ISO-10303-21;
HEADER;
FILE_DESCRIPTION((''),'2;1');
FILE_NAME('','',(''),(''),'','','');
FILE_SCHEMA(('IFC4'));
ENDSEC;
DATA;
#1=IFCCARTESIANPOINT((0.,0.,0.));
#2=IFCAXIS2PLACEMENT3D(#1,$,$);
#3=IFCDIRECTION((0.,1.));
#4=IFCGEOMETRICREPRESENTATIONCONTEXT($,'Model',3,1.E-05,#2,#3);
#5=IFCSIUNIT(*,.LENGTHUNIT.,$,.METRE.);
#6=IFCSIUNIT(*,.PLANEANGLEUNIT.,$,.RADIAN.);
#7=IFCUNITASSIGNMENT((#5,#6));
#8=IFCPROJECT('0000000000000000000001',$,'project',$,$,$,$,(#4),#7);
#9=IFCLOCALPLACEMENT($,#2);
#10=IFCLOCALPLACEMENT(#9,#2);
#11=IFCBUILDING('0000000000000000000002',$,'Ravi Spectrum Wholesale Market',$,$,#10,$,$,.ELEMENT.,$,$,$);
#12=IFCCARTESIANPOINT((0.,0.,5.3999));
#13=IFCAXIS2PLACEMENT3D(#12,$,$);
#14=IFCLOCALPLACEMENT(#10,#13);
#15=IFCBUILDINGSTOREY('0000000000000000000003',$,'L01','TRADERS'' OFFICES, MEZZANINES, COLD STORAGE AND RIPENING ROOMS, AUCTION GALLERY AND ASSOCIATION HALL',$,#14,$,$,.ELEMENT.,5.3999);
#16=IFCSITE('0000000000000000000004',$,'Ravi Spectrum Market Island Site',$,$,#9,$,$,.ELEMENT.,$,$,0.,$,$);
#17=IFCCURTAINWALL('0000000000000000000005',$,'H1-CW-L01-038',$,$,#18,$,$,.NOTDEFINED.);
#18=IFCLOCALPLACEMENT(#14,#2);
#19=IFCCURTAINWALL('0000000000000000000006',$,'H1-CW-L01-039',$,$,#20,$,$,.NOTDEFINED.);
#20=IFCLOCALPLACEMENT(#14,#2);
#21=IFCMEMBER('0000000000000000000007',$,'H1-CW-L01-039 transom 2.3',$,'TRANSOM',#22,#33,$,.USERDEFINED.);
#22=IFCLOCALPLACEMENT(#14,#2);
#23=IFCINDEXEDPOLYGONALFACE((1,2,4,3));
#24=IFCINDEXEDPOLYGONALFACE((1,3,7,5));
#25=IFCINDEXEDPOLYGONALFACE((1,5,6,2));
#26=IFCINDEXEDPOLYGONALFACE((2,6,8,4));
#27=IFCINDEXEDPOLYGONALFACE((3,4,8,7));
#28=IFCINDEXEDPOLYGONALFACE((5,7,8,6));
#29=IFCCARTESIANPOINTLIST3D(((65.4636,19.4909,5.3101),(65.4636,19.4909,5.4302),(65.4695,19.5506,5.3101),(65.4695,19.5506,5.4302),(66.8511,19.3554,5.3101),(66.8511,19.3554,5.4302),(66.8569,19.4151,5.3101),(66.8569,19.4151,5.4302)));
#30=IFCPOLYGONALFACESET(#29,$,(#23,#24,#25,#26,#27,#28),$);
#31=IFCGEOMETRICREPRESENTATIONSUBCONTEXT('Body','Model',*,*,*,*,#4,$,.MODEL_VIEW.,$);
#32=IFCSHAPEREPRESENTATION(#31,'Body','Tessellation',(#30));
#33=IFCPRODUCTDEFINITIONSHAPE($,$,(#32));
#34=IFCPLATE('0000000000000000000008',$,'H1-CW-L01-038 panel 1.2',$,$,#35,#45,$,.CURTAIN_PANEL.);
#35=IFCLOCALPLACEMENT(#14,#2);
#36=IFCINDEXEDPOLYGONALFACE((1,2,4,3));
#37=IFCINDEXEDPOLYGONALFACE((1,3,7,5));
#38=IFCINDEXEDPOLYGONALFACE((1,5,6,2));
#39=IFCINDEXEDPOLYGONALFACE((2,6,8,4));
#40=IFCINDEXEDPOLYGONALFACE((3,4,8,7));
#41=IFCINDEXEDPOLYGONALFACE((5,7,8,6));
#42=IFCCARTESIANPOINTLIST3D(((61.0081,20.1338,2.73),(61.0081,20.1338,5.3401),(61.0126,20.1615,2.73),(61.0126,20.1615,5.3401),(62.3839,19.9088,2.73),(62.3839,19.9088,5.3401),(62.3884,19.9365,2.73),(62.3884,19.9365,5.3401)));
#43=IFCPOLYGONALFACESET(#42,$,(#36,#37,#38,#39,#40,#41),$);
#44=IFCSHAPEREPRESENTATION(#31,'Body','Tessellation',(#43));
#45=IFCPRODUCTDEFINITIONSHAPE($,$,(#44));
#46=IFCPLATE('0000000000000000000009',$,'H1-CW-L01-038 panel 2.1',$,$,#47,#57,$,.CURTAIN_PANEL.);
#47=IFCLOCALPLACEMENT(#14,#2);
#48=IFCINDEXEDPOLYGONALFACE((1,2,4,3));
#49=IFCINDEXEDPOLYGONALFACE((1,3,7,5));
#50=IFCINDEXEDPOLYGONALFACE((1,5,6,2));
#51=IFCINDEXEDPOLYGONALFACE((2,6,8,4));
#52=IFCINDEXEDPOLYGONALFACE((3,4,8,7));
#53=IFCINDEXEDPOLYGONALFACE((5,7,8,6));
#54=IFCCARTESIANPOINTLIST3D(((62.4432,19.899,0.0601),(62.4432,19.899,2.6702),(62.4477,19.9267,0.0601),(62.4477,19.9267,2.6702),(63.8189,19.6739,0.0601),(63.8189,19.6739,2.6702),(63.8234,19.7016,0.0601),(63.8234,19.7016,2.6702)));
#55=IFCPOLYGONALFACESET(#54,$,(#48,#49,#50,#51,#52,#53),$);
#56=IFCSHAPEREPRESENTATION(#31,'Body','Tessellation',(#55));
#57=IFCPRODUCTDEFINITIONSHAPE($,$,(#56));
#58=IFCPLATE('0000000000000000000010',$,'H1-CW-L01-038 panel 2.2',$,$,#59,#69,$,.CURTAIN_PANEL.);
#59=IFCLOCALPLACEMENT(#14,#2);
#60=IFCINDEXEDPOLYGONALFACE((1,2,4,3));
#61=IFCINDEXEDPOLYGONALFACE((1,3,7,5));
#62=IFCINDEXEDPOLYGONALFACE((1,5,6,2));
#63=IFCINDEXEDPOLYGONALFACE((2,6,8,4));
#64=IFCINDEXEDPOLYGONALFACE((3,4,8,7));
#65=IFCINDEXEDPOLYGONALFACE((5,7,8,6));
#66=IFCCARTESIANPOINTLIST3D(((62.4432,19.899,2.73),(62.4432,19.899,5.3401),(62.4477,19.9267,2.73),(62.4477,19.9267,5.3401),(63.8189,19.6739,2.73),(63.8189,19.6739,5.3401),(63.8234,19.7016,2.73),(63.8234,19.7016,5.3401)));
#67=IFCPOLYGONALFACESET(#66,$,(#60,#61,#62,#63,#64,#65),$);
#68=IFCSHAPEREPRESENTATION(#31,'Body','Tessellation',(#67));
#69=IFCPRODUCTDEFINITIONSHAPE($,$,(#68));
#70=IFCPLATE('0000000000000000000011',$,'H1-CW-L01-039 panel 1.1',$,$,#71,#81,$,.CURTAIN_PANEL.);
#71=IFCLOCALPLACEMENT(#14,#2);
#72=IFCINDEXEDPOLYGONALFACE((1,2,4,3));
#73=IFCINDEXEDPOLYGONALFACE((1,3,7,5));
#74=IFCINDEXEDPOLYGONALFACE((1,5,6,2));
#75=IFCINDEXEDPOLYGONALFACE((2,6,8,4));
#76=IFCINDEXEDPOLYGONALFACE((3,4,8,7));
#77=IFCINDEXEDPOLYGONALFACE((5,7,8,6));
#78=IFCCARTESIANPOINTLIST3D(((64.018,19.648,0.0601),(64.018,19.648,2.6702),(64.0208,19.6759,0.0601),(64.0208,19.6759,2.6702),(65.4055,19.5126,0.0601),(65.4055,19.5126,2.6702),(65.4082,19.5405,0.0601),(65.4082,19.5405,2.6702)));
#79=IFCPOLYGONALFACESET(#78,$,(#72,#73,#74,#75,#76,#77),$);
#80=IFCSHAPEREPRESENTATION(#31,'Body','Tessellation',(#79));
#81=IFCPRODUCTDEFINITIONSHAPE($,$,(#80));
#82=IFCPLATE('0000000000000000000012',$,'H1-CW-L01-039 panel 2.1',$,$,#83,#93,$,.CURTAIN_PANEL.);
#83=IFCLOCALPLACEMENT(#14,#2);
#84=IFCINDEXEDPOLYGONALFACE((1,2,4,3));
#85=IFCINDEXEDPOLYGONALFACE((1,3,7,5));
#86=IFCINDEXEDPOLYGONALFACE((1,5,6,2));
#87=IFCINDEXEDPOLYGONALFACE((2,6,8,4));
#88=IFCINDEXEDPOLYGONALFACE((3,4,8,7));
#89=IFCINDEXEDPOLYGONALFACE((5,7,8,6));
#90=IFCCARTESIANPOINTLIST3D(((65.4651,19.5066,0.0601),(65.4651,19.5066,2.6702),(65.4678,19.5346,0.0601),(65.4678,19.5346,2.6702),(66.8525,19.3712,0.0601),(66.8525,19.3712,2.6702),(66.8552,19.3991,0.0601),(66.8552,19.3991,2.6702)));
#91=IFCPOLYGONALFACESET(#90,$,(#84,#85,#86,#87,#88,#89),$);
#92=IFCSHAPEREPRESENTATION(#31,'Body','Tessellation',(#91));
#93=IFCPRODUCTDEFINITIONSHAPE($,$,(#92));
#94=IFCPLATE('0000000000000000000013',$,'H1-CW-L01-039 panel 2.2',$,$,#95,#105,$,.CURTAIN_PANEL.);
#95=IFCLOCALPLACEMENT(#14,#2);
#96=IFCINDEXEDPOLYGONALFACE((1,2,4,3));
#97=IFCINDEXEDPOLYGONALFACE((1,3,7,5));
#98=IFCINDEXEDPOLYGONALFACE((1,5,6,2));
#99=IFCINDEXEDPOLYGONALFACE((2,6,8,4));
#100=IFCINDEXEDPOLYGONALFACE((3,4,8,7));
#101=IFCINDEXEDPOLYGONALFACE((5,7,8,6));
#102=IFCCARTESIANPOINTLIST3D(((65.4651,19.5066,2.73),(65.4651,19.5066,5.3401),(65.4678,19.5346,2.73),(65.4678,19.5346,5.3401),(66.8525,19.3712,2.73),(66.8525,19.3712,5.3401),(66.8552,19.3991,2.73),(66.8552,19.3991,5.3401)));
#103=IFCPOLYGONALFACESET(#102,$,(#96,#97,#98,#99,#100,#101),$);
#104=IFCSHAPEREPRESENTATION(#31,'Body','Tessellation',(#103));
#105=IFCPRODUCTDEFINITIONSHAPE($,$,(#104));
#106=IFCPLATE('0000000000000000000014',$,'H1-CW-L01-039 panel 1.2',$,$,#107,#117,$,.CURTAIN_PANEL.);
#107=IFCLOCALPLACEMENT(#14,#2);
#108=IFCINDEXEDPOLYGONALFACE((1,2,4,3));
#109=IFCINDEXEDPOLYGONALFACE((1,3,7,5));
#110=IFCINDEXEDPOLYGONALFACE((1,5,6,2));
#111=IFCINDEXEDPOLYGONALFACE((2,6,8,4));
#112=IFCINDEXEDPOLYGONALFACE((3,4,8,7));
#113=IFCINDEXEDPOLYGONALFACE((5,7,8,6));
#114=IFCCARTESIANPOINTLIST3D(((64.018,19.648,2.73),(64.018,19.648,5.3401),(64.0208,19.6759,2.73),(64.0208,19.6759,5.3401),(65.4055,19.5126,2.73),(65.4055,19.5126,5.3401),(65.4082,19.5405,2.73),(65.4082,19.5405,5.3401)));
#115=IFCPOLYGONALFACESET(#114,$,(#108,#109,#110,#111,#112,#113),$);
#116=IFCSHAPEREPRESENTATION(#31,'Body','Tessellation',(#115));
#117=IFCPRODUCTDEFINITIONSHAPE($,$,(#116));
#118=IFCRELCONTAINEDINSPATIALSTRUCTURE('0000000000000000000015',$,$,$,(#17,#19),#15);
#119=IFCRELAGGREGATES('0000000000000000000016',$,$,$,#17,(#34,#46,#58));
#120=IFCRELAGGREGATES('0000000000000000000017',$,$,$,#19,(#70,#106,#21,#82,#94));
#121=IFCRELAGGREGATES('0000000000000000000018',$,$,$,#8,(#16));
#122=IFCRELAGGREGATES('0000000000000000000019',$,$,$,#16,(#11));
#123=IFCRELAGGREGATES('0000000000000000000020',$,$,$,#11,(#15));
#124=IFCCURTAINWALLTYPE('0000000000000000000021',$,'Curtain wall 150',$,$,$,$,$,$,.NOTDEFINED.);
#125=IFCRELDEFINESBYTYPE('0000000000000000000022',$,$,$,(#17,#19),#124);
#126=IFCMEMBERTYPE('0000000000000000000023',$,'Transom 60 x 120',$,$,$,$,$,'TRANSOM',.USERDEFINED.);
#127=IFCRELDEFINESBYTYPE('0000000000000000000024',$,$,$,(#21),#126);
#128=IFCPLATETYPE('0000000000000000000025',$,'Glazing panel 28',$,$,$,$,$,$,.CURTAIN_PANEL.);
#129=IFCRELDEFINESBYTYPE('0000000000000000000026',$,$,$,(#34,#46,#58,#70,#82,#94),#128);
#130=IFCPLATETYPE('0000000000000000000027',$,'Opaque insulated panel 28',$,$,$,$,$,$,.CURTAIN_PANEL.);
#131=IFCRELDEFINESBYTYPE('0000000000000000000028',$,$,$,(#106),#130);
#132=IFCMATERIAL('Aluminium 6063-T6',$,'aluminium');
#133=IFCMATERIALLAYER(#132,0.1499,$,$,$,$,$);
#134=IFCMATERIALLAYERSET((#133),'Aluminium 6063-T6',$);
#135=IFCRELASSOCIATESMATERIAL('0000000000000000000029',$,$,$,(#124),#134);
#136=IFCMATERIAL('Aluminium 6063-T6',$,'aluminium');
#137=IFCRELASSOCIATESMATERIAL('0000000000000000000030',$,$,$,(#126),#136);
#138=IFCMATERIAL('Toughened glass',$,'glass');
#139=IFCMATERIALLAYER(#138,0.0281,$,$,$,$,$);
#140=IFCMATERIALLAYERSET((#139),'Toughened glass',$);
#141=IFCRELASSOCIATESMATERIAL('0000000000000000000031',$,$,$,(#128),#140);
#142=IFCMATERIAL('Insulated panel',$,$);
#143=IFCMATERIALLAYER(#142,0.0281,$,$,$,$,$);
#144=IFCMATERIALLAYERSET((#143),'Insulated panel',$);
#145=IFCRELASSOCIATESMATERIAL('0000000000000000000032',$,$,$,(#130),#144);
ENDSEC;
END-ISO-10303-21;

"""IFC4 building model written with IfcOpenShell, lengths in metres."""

from ifc_helpers import new_model, si_unit, direction, frame, origin, origin_2d, place, context, subcontext, project, spatial, rectangle, extrude, material, layer, layer_set, material_profile, profile_set, type_object, element, aggregate, save


model = new_model("IFC4")

# Units and contexts
model_context = context("Model", 3, precision=1e-05, world=origin(), true_north=direction((0.0, 1.0)))
body_context = subcontext(model_context, "Body", "Model", "MODEL_VIEW")
ifc_project = project(units=[si_unit("LENGTHUNIT", "METRE"), si_unit("PLANEANGLEUNIT", "RADIAN")], contexts=[model_context])

# Site, building, storey
site_placement = place(None, origin())
site = spatial("IfcSite", under=ifc_project, at=site_placement, Name="Ravi Spectrum Market Island Site", CompositionType="ELEMENT", RefElevation=0.0)
building_placement = place(site_placement, origin())
building = spatial("IfcBuilding", under=site, at=building_placement, Name="Ravi Spectrum Wholesale Market", CompositionType="ELEMENT")
storey_placement = place(building_placement, frame((0.0, 0.0, 5.3999)))
storey = spatial("IfcBuildingStorey", under=building, at=storey_placement, Name="L01", Description="TRADERS' OFFICES, MEZZANINES, COLD STORAGE AND RIPENING ROOMS, AUCTION GALLERY AND ASSOCIATION HALL", CompositionType="ELEMENT", Elevation=5.3999)

# Curtain walls
ifc_material_1 = material(Name="Aluminium 6063-T6", Category="aluminium")
ifc_layer_1 = layer(ifc_material_1, 0.1499)
ifc_layer_set_1 = layer_set([ifc_layer_1], Name="Aluminium 6063-T6")
curtain_wall_type = type_object("IfcCurtainWallType", Name="Curtain wall 150", PredefinedType="NOTDEFINED", material=ifc_layer_set_1)
curtain_wall_1_placement = place(storey_placement, origin())
curtain_wall_1 = element("IfcCurtainWall", 1, at=curtain_wall_1_placement, inside=storey, type_object=curtain_wall_type, Name="H1-CW-L01-038", PredefinedType="NOTDEFINED")
curtain_wall_2_placement = place(storey_placement, origin())
curtain_wall_2 = element("IfcCurtainWall", 2, at=curtain_wall_2_placement, inside=storey, type_object=curtain_wall_type, Name="H1-CW-L01-039", PredefinedType="NOTDEFINED")

# Member
ifc_material_2 = material(Name="Aluminium 6063-T6", Category="aluminium")
ifc_material_profile_1 = material_profile(ifc_material_2, rectangle(XDim=0.0601, YDim=0.1201, at=origin_2d()))
ifc_profile_set_1 = profile_set([ifc_material_profile_1], Name="Aluminium 6063-T6")
member_type_1 = type_object("IfcMemberType", Name="Transom 60 x 120", ElementType="TRANSOM", PredefinedType="USERDEFINED", material=ifc_profile_set_1)
member_1_placement = place(storey_placement, frame((65.4666, 19.5208, 5.3701), z_axis=(0.995265, -0.097197, 0.0), x_axis=(0.097197, 0.995265, 0.0)))
member_1 = element("IfcMember", 3, at=member_1_placement, type_object=member_type_1, Name="H1-CW-L01-039 transom 2.3", ObjectType="TRANSOM", PredefinedType="USERDEFINED", context=body_context, shape_type="SweptSolid", body=[
    extrude(rectangle(XDim=0.0601, YDim=0.1201, at=origin_2d()), origin(), (0.0, 0.0, 1.0), 1.394),
])

# Plates
ifc_material_3 = material(Name="Toughened glass", Category="glass")
ifc_layer_2 = layer(ifc_material_3, 0.0281)
ifc_layer_set_2 = layer_set([ifc_layer_2], Name="Toughened glass")
plate_type_1 = type_object("IfcPlateType", Name="Glazing panel 28", PredefinedType="CURTAIN_PANEL", material=ifc_layer_set_2)
plate_1_placement = place(storey_placement, frame((61.6982, 20.0352, 2.73), z_axis=(0.0, 0.0, 1.0), x_axis=(0.98688, -0.161453, 0.0)))
plate_1 = element("IfcPlate", 4, at=plate_1_placement, type_object=plate_type_1, Name="H1-CW-L01-038 panel 1.2", PredefinedType="CURTAIN_PANEL", context=body_context, shape_type="SweptSolid", body=[
    extrude(rectangle(XDim=1.394, YDim=0.0281, at=origin_2d()), origin(), (0.0, 0.0, 1.0), 2.6101),
])
plate_2_placement = place(storey_placement, frame((63.1333, 19.8003, 0.0601), z_axis=(0.0, 0.0, 1.0), x_axis=(0.98688, -0.161453, 0.0)))
plate_2 = element("IfcPlate", 5, at=plate_2_placement, type_object=plate_type_1, Name="H1-CW-L01-038 panel 2.1", PredefinedType="CURTAIN_PANEL", context=body_context, shape_type="SweptSolid", body=[
    extrude(rectangle(XDim=1.394, YDim=0.0281, at=origin_2d()), origin(), (0.0, 0.0, 1.0), 2.6101),
])
plate_3_placement = place(storey_placement, frame((63.1333, 19.8003, 2.73), z_axis=(0.0, 0.0, 1.0), x_axis=(0.98688, -0.161453, 0.0)))
plate_3 = element("IfcPlate", 6, at=plate_3_placement, type_object=plate_type_1, Name="H1-CW-L01-038 panel 2.2", PredefinedType="CURTAIN_PANEL", context=body_context, shape_type="SweptSolid", body=[
    extrude(rectangle(XDim=1.394, YDim=0.0281, at=origin_2d()), origin(), (0.0, 0.0, 1.0), 2.6101),
])
aggregate(curtain_wall_1, [plate_1, plate_2, plate_3])
plate_4_placement = place(storey_placement, frame((64.7131, 19.5942, 0.0601), z_axis=(0.0, 0.0, 1.0), x_axis=(0.99527, -0.097144, 0.0)))
plate_4 = element("IfcPlate", 7, at=plate_4_placement, type_object=plate_type_1, Name="H1-CW-L01-039 panel 1.1", PredefinedType="CURTAIN_PANEL", context=body_context, shape_type="SweptSolid", body=[
    extrude(rectangle(XDim=1.394, YDim=0.0281, at=origin_2d()), origin(), (0.0, 0.0, 1.0), 2.6101),
])
plate_5_placement = place(storey_placement, frame((66.1602, 19.4529, 0.0601), z_axis=(0.0, 0.0, 1.0), x_axis=(0.99527, -0.097144, 0.0)))
plate_5 = element("IfcPlate", 8, at=plate_5_placement, type_object=plate_type_1, Name="H1-CW-L01-039 panel 2.1", PredefinedType="CURTAIN_PANEL", context=body_context, shape_type="SweptSolid", body=[
    extrude(rectangle(XDim=1.394, YDim=0.0281, at=origin_2d()), origin(), (0.0, 0.0, 1.0), 2.6101),
])
plate_6_placement = place(storey_placement, frame((66.1602, 19.4529, 2.73), z_axis=(0.0, 0.0, 1.0), x_axis=(0.99527, -0.097144, 0.0)))
plate_6 = element("IfcPlate", 9, at=plate_6_placement, type_object=plate_type_1, Name="H1-CW-L01-039 panel 2.2", PredefinedType="CURTAIN_PANEL", context=body_context, shape_type="SweptSolid", body=[
    extrude(rectangle(XDim=1.394, YDim=0.0281, at=origin_2d()), origin(), (0.0, 0.0, 1.0), 2.6101),
])
ifc_material_4 = material(Name="Insulated panel")
ifc_layer_3 = layer(ifc_material_4, 0.0281)
ifc_layer_set_3 = layer_set([ifc_layer_3], Name="Insulated panel")
plate_type_2 = type_object("IfcPlateType", Name="Opaque insulated panel 28", PredefinedType="CURTAIN_PANEL", material=ifc_layer_set_3)
plate_7_placement = place(storey_placement, frame((64.7131, 19.5942, 2.73), z_axis=(0.0, 0.0, 1.0), x_axis=(0.99527, -0.097144, 0.0)))
plate_7 = element("IfcPlate", 10, at=plate_7_placement, type_object=plate_type_2, Name="H1-CW-L01-039 panel 1.2", PredefinedType="CURTAIN_PANEL", context=body_context, shape_type="SweptSolid", body=[
    extrude(rectangle(XDim=1.394, YDim=0.0281, at=origin_2d()), origin(), (0.0, 0.0, 1.0), 2.6101),
])
aggregate(curtain_wall_2, [plate_4, plate_7, member_1, plate_5, plate_6])

save(model, "model.ifc")
